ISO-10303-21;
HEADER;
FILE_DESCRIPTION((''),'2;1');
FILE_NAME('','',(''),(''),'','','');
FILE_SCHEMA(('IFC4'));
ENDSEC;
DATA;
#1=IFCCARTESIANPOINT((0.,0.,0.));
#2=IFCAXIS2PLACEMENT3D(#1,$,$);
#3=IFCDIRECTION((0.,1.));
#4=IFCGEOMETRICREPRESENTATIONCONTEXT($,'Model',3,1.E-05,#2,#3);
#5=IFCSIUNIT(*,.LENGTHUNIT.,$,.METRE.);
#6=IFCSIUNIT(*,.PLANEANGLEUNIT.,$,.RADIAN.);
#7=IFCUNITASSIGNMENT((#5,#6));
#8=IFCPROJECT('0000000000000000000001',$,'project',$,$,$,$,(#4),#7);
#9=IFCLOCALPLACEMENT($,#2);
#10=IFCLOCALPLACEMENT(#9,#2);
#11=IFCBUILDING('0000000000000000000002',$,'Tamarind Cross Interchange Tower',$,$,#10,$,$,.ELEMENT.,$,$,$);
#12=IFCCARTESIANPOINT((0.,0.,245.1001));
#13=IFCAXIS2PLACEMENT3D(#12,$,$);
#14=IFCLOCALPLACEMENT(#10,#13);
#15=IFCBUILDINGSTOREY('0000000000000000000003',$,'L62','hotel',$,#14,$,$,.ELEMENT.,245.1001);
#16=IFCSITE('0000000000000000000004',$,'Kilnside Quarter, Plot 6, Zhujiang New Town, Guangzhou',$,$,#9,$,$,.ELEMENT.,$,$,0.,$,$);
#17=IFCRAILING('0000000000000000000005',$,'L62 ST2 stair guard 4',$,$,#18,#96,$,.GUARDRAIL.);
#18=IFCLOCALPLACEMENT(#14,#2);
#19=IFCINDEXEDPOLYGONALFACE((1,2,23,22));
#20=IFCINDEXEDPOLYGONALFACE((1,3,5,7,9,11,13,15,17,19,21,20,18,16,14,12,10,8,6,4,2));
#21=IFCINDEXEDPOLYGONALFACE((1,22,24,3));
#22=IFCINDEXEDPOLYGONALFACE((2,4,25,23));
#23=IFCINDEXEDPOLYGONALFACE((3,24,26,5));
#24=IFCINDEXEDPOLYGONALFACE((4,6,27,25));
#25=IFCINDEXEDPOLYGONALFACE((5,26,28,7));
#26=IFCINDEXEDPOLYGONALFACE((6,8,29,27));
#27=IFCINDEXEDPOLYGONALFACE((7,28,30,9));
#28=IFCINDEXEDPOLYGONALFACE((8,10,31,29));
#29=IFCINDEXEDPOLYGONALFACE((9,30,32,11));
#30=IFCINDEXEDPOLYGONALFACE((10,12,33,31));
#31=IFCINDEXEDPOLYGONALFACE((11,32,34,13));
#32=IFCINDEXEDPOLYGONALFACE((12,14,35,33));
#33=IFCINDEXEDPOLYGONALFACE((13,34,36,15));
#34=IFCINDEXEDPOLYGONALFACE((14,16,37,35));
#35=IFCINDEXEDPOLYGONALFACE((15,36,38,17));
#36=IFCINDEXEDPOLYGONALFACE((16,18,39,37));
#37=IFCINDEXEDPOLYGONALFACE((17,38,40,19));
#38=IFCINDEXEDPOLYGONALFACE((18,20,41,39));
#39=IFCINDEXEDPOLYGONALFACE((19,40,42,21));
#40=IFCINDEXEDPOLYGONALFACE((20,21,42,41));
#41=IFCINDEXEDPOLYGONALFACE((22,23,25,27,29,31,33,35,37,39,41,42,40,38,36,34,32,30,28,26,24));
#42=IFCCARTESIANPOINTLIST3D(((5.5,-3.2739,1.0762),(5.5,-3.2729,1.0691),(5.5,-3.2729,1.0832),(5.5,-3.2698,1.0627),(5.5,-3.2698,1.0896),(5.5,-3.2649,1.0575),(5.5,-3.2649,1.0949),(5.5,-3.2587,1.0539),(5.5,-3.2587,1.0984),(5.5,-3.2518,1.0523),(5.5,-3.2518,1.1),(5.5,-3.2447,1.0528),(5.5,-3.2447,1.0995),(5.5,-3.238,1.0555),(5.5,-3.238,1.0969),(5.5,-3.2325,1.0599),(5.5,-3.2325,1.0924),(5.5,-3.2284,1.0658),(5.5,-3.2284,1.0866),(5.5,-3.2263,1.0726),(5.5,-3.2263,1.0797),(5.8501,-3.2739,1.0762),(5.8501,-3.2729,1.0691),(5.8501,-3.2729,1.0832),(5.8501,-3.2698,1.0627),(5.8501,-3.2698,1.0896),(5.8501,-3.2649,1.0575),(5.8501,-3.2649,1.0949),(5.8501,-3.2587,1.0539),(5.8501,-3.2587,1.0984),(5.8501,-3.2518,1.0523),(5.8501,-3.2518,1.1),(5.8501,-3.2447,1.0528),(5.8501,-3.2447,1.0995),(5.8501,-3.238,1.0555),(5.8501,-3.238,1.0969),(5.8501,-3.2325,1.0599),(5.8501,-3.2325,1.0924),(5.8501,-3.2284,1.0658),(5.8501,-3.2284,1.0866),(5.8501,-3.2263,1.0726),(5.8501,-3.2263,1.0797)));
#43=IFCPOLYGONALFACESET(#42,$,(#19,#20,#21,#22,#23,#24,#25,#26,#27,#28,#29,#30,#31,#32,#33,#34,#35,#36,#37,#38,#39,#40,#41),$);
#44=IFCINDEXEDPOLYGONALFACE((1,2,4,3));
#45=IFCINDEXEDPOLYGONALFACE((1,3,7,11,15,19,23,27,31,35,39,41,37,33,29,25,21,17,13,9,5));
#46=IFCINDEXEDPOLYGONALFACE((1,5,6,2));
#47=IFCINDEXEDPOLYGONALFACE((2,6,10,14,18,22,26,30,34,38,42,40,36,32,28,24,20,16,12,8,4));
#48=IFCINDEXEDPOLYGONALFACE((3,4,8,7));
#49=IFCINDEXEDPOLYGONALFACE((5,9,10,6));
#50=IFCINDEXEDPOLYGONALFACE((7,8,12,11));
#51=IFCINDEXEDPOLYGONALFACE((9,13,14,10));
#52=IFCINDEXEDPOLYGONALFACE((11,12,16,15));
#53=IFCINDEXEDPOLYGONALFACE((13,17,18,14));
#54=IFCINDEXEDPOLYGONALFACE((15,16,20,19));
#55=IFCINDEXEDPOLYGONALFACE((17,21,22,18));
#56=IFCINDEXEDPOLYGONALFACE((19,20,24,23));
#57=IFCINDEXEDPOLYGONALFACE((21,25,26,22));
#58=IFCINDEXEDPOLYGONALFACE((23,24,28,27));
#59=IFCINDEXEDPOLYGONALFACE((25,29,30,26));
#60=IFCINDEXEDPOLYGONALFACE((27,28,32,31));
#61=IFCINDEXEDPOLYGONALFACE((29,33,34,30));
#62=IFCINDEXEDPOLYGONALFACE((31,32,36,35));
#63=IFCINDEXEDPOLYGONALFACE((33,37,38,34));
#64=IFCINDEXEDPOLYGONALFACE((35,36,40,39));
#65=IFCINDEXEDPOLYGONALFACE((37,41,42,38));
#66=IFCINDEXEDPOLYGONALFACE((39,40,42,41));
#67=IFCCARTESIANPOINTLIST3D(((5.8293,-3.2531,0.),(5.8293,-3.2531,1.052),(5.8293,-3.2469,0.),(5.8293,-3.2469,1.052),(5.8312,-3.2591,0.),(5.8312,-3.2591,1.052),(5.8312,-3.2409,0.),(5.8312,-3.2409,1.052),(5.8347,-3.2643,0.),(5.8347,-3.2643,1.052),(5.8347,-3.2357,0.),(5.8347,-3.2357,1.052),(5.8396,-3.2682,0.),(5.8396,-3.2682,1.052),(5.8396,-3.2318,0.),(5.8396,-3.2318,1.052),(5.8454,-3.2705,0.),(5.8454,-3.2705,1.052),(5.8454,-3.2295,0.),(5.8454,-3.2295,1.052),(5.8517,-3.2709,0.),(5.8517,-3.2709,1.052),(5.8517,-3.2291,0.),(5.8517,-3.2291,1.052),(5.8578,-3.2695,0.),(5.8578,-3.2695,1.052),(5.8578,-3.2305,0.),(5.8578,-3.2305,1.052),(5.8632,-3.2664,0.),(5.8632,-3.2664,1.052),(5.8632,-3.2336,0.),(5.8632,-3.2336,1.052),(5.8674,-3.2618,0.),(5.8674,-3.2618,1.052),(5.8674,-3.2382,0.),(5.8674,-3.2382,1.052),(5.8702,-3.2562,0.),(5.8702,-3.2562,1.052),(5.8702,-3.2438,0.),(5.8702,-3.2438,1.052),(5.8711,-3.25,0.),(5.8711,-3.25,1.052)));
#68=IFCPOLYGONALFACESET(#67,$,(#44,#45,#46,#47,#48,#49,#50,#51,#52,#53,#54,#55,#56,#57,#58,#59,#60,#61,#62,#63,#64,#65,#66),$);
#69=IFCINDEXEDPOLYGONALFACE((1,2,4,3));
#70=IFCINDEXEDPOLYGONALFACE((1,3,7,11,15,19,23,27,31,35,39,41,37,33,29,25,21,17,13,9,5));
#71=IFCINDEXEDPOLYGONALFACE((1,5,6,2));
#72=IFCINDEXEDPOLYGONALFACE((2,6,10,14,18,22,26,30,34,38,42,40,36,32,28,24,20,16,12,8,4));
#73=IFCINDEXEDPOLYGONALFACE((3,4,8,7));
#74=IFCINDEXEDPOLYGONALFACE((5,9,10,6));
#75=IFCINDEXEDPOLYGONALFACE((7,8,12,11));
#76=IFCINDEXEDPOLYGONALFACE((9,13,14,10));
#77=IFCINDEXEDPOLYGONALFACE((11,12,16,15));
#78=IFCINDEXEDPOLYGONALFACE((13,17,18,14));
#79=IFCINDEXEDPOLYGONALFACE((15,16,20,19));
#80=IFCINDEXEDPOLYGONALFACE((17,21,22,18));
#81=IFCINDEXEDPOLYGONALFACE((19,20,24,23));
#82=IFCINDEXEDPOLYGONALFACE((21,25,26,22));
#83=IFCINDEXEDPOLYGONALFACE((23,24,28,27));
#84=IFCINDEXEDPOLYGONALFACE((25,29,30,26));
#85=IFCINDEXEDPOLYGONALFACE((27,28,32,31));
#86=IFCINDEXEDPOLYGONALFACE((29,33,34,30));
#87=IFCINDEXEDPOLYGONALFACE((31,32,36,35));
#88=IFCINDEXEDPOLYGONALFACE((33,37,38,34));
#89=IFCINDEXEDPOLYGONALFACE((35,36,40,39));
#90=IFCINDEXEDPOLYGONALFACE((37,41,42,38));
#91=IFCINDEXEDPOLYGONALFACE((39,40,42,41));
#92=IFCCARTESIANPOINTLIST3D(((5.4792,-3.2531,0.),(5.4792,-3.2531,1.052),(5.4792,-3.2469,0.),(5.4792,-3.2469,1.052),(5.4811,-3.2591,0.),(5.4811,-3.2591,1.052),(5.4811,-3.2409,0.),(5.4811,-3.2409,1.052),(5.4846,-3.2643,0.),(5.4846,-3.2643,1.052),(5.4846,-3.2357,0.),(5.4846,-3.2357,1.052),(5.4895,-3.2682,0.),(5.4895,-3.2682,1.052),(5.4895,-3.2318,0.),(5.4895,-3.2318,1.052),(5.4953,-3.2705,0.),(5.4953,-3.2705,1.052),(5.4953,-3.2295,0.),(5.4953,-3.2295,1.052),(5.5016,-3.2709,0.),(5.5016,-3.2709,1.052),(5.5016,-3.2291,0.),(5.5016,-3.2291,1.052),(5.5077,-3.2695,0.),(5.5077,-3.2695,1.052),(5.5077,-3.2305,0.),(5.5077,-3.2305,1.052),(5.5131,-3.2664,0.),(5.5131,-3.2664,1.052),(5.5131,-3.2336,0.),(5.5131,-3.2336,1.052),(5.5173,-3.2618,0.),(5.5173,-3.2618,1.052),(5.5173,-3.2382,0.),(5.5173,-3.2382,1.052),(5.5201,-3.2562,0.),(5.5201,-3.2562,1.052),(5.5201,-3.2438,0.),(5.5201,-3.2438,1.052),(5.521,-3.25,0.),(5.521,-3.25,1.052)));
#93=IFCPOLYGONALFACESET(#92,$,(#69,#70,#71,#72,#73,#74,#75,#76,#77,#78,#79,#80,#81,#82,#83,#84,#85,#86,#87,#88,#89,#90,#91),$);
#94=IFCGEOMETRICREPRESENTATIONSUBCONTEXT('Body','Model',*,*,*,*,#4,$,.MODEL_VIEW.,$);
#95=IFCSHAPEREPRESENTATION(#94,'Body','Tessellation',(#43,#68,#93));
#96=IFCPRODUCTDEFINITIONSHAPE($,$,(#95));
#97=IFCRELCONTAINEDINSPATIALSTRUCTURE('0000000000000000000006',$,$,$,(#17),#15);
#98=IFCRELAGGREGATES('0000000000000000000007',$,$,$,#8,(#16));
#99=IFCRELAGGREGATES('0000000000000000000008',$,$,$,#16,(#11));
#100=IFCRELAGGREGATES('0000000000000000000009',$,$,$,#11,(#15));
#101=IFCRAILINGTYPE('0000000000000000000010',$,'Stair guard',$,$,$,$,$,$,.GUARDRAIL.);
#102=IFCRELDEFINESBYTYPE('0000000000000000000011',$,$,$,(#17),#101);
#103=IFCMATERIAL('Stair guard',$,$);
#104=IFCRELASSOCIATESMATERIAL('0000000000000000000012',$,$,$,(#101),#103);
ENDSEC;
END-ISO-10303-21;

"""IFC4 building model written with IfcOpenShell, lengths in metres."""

from ifc_helpers import new_model, si_unit, direction, frame, origin, origin_2d, place, context, subcontext, project, spatial, circle, extrude, material, type_object, element, save


model = new_model("IFC4")

# Units and contexts
model_context = context("Model", 3, precision=1e-05, world=origin(), true_north=direction((0.0, 1.0)))
body_context = subcontext(model_context, "Body", "Model", "MODEL_VIEW")
ifc_project = project(units=[si_unit("LENGTHUNIT", "METRE"), si_unit("PLANEANGLEUNIT", "RADIAN")], contexts=[model_context])

# Site, building, storey
site_placement = place(None, origin())
site = spatial("IfcSite", under=ifc_project, at=site_placement, Name="Kilnside Quarter, Plot 6, Zhujiang New Town, Guangzhou", CompositionType="ELEMENT", RefElevation=0.0)
building_placement = place(site_placement, origin())
building = spatial("IfcBuilding", under=site, at=building_placement, Name="Tamarind Cross Interchange Tower", CompositionType="ELEMENT")
storey_placement = place(building_placement, frame((0.0, 0.0, 245.1001)))
storey = spatial("IfcBuildingStorey", under=building, at=storey_placement, Name="L62", Description="hotel", CompositionType="ELEMENT", Elevation=245.1001)

# Railing
ifc_material_1 = material(Name="Stair guard")
railing_type = type_object("IfcRailingType", Name="Stair guard", PredefinedType="GUARDRAIL", material=ifc_material_1)
railing_1_placement = place(storey_placement, frame((5.8501, -3.25, 0.0)))
element("IfcRailing", 1, at=railing_1_placement, inside=storey, type_object=railing_type, Name="L62 ST2 stair guard 4", PredefinedType="GUARDRAIL", context=body_context, shape_type="SweptSolid", body=[
    extrude(circle(Radius=0.0239, at=origin_2d()), frame((0.0, 0.0, 1.0762), z_axis=(-1.0, 0.0, 0.0), x_axis=(0.0, -1.0, 0.0)), (0.0, 0.0, 1.0), 0.3501),
    extrude(circle(Radius=0.021, at=origin_2d()), origin(), (0.0, 0.0, 1.0), 1.052),
    extrude(circle(Radius=0.021, at=origin_2d()), frame((-0.3501, 0.0, 0.0)), (0.0, 0.0, 1.0), 1.052),
])

save(model, "model.ifc")
